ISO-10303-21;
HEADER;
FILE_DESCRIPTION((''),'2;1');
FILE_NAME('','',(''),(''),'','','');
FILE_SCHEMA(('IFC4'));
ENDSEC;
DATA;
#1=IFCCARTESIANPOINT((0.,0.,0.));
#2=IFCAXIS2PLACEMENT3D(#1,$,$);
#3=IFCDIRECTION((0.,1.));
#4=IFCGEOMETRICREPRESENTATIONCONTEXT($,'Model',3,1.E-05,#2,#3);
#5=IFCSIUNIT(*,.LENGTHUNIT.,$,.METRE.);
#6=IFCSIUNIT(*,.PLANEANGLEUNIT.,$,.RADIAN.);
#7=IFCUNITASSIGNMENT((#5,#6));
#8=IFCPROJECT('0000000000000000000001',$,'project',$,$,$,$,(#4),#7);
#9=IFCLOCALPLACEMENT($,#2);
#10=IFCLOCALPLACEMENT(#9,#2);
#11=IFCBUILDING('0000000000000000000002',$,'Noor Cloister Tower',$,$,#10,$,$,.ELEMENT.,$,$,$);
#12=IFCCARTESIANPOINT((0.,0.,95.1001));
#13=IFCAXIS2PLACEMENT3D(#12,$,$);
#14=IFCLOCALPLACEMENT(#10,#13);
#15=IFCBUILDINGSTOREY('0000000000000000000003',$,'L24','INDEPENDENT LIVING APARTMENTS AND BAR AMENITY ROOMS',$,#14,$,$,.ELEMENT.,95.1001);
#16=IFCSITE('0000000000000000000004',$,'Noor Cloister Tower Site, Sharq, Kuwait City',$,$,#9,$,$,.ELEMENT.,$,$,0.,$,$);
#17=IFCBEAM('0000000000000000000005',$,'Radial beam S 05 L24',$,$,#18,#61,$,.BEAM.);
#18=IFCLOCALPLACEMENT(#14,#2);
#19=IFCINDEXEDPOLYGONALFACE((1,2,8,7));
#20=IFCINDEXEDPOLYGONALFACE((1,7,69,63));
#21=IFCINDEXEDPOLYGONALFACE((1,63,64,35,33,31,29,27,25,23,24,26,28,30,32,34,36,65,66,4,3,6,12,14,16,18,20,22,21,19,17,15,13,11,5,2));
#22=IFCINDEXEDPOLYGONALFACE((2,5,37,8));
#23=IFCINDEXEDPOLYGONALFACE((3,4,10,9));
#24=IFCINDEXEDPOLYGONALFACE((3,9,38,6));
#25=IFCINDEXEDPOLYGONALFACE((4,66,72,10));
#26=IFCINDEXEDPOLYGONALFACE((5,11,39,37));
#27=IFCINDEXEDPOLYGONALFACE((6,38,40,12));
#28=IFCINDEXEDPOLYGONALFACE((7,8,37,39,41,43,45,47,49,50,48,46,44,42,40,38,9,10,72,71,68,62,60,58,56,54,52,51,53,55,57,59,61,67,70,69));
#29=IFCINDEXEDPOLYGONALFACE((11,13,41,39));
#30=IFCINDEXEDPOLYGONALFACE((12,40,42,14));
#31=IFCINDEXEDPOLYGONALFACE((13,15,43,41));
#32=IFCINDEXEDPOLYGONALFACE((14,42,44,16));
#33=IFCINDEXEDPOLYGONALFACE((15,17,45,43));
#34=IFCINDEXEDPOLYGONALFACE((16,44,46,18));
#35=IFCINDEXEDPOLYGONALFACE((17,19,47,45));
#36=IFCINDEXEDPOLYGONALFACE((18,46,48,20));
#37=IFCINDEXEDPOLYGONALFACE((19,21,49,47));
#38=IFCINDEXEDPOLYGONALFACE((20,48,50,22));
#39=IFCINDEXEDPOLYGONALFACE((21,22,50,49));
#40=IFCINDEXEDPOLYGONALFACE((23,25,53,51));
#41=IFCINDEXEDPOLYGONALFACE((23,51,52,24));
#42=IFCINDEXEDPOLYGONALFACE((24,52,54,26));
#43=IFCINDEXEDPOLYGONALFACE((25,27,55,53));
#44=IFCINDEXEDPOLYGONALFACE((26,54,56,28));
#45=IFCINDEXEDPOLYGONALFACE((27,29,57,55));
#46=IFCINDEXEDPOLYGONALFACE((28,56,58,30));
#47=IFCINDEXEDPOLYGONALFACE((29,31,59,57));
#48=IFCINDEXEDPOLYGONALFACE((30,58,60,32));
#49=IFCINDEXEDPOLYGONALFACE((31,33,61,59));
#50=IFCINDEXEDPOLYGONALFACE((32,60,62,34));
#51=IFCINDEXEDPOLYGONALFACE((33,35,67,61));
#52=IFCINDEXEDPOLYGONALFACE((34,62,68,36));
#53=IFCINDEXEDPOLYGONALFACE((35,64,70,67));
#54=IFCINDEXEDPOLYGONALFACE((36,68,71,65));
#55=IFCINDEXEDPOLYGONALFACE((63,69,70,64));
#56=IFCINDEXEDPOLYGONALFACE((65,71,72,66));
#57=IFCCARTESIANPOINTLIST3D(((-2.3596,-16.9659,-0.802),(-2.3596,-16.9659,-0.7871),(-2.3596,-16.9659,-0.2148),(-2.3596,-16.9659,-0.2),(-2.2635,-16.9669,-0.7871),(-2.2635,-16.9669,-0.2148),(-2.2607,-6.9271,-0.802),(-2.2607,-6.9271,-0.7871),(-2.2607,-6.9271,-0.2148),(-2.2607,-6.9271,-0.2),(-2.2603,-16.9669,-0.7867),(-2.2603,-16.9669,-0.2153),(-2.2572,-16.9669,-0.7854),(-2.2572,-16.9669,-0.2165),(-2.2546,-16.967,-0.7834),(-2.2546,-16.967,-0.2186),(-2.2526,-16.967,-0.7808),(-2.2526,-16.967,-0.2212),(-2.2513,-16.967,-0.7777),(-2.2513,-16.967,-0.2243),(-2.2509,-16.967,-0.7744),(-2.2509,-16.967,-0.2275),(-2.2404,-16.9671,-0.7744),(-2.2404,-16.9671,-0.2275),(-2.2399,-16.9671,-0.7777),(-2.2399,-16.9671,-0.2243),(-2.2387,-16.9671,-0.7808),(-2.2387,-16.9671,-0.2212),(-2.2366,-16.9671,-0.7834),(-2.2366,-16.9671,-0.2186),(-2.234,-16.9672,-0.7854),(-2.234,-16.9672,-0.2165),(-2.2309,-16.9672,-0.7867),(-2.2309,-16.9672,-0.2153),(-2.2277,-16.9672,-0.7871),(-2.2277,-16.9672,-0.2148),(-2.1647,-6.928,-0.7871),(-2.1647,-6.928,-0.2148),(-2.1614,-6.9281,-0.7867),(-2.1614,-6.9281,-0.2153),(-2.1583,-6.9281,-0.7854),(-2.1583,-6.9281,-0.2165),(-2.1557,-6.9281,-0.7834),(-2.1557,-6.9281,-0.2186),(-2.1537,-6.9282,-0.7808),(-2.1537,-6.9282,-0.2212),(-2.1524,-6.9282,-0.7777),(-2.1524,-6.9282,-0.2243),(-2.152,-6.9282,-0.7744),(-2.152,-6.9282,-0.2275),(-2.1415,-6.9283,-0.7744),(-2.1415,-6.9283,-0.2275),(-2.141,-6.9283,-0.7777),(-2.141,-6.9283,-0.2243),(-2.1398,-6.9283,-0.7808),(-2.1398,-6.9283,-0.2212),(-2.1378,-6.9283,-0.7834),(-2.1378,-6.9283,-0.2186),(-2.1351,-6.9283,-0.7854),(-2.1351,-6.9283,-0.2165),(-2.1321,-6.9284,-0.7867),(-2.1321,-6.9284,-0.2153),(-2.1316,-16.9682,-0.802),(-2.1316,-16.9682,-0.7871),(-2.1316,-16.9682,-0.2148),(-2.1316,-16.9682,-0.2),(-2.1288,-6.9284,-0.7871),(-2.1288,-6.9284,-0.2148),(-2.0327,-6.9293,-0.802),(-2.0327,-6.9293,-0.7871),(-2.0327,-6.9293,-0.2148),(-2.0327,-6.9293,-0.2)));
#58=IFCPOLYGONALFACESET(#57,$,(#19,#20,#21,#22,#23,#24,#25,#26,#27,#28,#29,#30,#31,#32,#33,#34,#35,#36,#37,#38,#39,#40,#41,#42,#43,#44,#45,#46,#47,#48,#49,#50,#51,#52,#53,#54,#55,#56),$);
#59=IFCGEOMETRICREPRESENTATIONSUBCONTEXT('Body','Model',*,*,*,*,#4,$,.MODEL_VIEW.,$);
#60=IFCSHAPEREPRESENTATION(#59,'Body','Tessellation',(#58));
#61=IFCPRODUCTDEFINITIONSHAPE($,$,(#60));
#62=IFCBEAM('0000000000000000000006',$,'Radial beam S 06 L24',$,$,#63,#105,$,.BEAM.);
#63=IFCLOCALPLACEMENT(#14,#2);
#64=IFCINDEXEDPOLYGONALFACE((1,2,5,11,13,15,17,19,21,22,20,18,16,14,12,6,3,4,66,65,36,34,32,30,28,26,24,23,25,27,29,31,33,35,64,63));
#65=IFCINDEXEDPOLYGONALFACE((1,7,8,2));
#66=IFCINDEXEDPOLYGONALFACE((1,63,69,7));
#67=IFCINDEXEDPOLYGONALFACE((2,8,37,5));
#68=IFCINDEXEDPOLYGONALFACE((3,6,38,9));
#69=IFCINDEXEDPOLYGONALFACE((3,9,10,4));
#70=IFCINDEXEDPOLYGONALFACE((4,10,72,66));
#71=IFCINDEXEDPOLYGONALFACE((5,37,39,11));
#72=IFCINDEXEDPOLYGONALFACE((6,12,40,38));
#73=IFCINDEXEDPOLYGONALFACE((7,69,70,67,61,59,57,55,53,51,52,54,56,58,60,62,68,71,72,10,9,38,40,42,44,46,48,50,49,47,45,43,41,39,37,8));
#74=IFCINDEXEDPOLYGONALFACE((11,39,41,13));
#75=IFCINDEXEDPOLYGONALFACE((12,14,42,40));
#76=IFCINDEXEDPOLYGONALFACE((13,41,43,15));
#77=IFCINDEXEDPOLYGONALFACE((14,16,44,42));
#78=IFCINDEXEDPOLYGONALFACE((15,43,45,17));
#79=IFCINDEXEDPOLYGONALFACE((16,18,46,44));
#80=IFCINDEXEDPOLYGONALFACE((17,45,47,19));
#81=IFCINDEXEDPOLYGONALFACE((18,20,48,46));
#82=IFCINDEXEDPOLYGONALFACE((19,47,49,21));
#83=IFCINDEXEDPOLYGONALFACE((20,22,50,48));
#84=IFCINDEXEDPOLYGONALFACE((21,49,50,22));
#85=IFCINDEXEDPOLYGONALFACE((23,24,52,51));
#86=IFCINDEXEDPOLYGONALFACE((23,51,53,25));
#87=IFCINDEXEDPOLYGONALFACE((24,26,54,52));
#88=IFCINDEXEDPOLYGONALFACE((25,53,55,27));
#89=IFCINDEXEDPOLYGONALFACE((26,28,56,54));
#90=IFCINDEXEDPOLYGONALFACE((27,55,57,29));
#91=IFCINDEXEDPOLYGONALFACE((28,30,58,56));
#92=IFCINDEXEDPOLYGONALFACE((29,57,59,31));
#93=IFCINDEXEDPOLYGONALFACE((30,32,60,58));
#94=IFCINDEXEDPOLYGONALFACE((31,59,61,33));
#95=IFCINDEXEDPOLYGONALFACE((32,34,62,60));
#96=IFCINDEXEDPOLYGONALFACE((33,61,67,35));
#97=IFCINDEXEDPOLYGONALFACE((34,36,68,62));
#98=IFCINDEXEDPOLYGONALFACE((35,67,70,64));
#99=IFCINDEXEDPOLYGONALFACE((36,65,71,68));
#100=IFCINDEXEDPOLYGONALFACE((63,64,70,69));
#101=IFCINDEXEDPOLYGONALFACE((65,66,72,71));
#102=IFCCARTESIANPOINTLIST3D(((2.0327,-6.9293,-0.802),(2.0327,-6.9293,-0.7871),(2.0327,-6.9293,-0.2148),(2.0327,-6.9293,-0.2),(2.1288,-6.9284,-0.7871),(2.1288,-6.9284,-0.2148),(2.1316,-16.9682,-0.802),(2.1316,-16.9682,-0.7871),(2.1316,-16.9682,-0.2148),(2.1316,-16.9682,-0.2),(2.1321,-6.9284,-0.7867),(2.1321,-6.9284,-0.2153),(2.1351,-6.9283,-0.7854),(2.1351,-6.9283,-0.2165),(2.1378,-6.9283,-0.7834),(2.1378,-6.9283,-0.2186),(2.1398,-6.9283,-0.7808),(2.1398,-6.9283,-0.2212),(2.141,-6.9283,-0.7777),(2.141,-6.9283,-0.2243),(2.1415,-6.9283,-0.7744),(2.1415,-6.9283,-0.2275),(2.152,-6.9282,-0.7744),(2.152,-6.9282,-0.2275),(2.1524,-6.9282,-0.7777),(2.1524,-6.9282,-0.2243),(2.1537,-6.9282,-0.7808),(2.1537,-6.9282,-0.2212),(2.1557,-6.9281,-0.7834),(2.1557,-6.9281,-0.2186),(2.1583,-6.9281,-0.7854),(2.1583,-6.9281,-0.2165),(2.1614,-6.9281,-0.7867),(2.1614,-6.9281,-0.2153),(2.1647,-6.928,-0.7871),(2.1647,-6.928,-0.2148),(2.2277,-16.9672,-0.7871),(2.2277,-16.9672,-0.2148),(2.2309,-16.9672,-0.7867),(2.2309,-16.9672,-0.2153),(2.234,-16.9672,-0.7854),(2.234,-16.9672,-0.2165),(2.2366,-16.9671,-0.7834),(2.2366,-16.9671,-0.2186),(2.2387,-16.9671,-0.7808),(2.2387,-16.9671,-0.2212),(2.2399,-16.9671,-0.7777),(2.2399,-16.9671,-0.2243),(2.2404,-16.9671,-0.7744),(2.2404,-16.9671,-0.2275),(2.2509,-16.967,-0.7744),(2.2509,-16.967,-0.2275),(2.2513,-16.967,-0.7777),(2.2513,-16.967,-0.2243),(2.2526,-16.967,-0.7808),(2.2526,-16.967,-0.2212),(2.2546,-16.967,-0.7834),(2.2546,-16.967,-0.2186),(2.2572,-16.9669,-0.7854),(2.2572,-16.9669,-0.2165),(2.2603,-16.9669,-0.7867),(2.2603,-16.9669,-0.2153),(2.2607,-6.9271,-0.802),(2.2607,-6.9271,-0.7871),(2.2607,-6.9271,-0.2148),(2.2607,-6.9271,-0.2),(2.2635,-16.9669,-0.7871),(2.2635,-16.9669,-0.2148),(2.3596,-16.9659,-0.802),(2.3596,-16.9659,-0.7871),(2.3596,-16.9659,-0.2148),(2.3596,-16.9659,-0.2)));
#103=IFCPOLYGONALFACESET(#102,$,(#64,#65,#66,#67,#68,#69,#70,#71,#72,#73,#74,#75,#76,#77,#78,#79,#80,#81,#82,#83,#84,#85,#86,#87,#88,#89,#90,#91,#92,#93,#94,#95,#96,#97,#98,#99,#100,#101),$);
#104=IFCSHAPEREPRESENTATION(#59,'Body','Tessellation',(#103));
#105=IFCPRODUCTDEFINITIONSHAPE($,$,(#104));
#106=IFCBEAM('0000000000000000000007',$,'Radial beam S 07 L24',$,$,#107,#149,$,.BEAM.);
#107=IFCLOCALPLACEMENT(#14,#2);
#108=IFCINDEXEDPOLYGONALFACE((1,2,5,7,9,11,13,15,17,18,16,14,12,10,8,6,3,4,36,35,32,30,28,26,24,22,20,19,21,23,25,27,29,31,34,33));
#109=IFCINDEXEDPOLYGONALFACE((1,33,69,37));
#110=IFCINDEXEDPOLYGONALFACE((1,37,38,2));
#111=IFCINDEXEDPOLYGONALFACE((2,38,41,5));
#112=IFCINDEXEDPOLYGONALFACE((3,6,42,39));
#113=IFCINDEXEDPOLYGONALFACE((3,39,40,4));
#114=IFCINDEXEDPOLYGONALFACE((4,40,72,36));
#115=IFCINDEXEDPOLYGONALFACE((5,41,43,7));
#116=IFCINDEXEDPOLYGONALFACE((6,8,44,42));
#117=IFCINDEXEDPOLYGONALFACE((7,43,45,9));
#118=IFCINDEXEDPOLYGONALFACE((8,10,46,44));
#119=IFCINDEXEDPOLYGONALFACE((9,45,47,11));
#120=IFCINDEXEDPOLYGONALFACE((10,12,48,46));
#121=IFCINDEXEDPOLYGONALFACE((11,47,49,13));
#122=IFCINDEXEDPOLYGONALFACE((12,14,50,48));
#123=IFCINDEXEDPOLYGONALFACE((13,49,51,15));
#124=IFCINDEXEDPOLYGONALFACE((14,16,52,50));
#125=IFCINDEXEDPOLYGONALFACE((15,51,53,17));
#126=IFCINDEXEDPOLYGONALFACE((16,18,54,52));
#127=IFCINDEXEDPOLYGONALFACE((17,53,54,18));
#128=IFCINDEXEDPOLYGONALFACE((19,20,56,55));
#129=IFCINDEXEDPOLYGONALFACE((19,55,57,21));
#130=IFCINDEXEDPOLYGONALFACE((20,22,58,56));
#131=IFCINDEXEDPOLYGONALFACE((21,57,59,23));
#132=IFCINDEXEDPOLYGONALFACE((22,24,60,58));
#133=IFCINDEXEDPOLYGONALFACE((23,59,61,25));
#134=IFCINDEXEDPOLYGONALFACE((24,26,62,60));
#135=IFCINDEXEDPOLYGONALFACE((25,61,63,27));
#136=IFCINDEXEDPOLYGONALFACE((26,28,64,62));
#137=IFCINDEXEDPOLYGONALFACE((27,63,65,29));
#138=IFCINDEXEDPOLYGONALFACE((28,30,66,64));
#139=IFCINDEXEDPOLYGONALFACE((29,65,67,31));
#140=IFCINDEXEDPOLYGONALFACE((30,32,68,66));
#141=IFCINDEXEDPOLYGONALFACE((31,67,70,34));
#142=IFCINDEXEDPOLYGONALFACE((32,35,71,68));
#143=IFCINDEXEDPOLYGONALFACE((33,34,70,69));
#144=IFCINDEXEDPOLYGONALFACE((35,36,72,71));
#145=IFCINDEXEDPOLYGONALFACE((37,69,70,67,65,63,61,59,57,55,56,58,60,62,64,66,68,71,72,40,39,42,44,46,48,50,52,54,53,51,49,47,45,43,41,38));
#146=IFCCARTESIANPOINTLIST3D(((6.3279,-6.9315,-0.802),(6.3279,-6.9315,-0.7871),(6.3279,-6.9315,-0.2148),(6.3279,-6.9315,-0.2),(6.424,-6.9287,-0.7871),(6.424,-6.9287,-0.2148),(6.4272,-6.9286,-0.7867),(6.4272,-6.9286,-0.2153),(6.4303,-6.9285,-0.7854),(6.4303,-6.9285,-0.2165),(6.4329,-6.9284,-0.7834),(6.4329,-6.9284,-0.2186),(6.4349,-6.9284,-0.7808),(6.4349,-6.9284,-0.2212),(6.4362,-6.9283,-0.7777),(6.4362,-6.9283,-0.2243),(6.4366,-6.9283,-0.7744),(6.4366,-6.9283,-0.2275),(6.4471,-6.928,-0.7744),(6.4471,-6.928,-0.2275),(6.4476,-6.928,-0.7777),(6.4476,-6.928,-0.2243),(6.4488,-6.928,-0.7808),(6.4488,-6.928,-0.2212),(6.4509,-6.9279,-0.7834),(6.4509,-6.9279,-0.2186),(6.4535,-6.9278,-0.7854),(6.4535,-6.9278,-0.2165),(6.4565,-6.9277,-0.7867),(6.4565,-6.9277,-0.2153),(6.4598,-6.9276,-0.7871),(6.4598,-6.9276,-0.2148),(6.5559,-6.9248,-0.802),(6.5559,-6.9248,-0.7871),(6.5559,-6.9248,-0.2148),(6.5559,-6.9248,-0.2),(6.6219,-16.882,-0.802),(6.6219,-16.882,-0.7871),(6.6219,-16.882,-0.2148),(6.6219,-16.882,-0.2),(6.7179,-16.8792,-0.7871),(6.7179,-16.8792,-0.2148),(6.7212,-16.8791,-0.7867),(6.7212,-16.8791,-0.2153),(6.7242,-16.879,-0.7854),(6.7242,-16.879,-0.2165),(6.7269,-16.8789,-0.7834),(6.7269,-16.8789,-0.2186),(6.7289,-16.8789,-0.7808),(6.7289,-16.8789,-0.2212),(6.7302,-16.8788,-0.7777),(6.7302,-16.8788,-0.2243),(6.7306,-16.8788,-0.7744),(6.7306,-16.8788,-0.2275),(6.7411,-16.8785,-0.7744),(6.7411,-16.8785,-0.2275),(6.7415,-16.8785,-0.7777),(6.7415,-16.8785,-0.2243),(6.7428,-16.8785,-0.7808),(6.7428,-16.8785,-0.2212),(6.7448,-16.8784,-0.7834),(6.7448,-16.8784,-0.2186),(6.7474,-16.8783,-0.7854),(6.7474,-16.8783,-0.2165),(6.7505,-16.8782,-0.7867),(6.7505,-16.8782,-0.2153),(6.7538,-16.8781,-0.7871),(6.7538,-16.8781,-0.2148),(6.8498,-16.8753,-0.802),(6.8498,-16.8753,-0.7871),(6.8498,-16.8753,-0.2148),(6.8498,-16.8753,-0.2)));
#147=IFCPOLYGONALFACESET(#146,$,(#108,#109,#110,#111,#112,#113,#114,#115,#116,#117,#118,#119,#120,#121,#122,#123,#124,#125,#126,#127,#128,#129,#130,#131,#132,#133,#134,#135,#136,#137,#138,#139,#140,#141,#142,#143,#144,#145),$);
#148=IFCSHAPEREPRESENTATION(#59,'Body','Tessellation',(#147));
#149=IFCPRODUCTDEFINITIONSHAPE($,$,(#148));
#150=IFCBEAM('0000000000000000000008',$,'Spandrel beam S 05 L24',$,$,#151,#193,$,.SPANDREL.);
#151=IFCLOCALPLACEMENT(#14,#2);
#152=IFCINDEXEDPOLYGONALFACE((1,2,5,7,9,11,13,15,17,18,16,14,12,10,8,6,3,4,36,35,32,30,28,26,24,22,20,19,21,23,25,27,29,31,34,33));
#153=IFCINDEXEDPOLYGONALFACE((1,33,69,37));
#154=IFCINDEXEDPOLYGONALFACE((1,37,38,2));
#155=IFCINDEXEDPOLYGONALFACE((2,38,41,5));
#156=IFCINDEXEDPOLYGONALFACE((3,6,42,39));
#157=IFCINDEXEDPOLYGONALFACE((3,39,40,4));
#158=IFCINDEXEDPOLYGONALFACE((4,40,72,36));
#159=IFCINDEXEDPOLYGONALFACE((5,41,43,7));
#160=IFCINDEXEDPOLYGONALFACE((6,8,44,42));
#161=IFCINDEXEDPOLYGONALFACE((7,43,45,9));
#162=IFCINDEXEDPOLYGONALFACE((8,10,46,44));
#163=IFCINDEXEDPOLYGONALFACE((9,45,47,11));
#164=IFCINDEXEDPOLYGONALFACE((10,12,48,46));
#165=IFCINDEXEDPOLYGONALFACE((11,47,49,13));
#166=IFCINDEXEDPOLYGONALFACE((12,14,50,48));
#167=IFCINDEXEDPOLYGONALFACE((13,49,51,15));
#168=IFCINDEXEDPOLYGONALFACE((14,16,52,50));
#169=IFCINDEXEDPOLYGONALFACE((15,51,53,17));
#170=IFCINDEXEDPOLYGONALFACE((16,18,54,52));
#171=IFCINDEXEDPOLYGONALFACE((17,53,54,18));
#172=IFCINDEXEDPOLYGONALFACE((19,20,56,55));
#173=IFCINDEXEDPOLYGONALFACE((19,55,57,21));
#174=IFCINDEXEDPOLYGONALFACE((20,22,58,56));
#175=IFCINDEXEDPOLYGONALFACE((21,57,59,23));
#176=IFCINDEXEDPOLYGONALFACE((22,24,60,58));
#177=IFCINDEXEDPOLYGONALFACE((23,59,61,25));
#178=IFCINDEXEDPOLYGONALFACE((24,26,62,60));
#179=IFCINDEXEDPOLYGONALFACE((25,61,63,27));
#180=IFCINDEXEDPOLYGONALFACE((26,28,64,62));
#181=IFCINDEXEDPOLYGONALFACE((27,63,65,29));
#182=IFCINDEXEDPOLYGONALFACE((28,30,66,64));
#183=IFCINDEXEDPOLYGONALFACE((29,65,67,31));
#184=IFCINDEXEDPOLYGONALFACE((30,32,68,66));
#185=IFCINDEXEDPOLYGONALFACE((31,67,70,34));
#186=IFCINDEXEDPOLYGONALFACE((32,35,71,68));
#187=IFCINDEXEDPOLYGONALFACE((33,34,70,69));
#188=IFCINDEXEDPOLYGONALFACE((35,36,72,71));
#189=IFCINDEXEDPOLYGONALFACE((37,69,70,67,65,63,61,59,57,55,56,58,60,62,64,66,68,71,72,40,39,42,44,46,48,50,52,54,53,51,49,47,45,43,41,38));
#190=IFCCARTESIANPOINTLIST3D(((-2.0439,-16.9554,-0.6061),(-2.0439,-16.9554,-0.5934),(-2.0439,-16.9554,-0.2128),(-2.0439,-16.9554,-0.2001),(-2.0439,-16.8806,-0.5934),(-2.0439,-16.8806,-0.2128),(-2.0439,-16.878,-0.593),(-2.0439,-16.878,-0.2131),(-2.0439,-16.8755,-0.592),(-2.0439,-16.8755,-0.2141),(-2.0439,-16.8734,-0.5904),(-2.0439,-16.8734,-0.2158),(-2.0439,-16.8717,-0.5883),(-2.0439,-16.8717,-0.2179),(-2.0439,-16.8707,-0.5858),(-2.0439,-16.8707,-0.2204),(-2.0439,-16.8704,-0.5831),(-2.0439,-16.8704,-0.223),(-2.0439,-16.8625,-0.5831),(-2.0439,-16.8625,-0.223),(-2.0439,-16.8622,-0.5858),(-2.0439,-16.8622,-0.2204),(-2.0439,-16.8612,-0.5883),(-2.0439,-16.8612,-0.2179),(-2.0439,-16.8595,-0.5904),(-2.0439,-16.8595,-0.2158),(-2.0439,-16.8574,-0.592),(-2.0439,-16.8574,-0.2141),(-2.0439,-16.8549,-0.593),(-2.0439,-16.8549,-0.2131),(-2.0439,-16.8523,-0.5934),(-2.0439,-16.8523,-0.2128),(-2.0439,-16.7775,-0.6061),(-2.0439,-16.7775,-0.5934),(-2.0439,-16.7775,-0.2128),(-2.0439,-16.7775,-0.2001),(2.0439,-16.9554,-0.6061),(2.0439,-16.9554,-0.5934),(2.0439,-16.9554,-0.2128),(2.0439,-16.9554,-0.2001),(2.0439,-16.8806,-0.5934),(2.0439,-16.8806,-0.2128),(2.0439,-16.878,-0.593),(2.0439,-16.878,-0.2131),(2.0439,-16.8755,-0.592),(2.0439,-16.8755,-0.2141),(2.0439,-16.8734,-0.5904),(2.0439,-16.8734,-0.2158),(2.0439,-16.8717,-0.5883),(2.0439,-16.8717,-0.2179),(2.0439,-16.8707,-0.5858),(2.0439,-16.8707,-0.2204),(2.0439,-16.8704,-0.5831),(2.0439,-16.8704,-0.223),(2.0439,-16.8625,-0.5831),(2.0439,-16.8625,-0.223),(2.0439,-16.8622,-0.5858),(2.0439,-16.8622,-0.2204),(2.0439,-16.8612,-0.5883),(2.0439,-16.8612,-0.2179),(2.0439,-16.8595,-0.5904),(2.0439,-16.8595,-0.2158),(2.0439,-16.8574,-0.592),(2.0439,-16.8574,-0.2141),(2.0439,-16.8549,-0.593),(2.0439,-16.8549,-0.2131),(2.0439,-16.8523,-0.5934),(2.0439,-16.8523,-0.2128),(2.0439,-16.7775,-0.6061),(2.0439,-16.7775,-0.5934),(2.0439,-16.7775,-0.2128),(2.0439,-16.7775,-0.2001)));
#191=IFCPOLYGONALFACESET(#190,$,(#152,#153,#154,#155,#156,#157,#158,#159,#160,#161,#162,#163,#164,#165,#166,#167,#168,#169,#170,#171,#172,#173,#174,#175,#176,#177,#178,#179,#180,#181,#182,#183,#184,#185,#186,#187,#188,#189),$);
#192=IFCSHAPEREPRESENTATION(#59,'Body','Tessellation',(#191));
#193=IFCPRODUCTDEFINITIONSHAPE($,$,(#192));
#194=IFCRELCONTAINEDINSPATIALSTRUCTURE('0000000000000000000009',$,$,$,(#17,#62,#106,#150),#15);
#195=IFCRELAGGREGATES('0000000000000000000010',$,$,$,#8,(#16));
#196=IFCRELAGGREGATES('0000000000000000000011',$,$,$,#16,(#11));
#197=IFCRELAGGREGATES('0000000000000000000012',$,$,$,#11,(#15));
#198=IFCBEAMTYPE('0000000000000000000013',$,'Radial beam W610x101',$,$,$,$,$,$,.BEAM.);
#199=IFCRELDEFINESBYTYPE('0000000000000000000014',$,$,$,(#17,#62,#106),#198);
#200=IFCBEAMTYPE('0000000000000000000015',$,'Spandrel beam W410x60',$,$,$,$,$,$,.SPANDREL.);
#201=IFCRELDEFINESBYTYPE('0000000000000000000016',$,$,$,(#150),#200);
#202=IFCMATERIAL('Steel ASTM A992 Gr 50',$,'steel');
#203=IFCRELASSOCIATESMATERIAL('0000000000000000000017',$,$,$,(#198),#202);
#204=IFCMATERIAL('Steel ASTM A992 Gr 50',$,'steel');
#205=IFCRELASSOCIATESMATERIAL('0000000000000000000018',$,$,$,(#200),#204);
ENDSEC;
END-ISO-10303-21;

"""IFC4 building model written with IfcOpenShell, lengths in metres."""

from ifc_helpers import new_model, si_unit, direction, frame, origin, origin_2d, place, context, subcontext, project, spatial, i_section, extrude, material, material_profile, profile_set, type_object, element, save


model = new_model("IFC4")

# Units and contexts
model_context = context("Model", 3, precision=1e-05, world=origin(), true_north=direction((0.0, 1.0)))
body_context = subcontext(model_context, "Body", "Model", "MODEL_VIEW")
ifc_project = project(units=[si_unit("LENGTHUNIT", "METRE"), si_unit("PLANEANGLEUNIT", "RADIAN")], contexts=[model_context])

# Site, building, storey
site_placement = place(None, origin())
site = spatial("IfcSite", under=ifc_project, at=site_placement, Name="Noor Cloister Tower Site, Sharq, Kuwait City", CompositionType="ELEMENT", RefElevation=0.0)
building_placement = place(site_placement, origin())
building = spatial("IfcBuilding", under=site, at=building_placement, Name="Noor Cloister Tower", CompositionType="ELEMENT")
storey_placement = place(building_placement, frame((0.0, 0.0, 95.1001)))
storey = spatial("IfcBuildingStorey", under=building, at=storey_placement, Name="L24", Description="INDEPENDENT LIVING APARTMENTS AND BAR AMENITY ROOMS", CompositionType="ELEMENT", Elevation=95.1001)

# Beams
ifc_material_1 = material(Name="Steel ASTM A992 Gr 50", Category="steel")
ifc_material_profile_1 = material_profile(ifc_material_1, i_section(OverallWidth=0.228, OverallDepth=0.6021, WebThickness=0.0105, FlangeThickness=0.0149, FilletRadius=0.0127, at=origin_2d()), Name="W610x101")
ifc_profile_set_1 = profile_set([ifc_material_profile_1], Name="Steel ASTM A992 Gr 50")
beam_type_1 = type_object("IfcBeamType", Name="Radial beam W610x101", PredefinedType="BEAM", material=ifc_profile_set_1)
for number, where, z_axis, x_axis, name in (
    (1, (-2.2456, -16.967, -0.501), (0.009849, 0.999951, 0.0), (-0.999951, 0.009849, 0.0), "Radial beam S 05 L24"),
    (2, (2.2456, -16.967, -0.501), (-0.009849, 0.999951, 0.0), (-0.999951, -0.009849, 0.0), "Radial beam S 06 L24"),
):
    element("IfcBeam", number, at=place(storey_placement, frame(where, z_axis=z_axis, x_axis=x_axis)), inside=storey, type_object=beam_type_1, Name=name, PredefinedType="BEAM", context=body_context, shape_type="SweptSolid", body=[
        extrude(i_section(OverallWidth=0.228, OverallDepth=0.6021, WebThickness=0.0105, FlangeThickness=0.0149, FilletRadius=0.0127, at=origin_2d()), origin(), (0.0, 0.0, 1.0), 10.0393),
    ])
beam_1_placement = place(storey_placement, frame((6.7358, -16.8787, -0.501), z_axis=(-0.029528, 0.999564, 0.0), x_axis=(-0.999564, -0.029528, 0.0)))
element("IfcBeam", 3, at=beam_1_placement, inside=storey, type_object=beam_type_1, Name="Radial beam S 07 L24", PredefinedType="BEAM", context=body_context, shape_type="SweptSolid", body=[
    extrude(i_section(OverallWidth=0.228, OverallDepth=0.6021, WebThickness=0.0105, FlangeThickness=0.0149, FilletRadius=0.0127, at=origin_2d()), origin(), (0.0, 0.0, 1.0), 9.9548),
])
ifc_material_2 = material(Name="Steel ASTM A992 Gr 50", Category="steel")
ifc_material_profile_2 = material_profile(ifc_material_2, i_section(OverallWidth=0.178, OverallDepth=0.406, WebThickness=0.0078, FlangeThickness=0.0127, FilletRadius=0.0103, at=origin_2d()), Name="W410x60")
ifc_profile_set_2 = profile_set([ifc_material_profile_2], Name="Steel ASTM A992 Gr 50")
beam_type_2 = type_object("IfcBeamType", Name="Spandrel beam W410x60", PredefinedType="SPANDREL", material=ifc_profile_set_2)
for number, where, z_axis, x_axis, name in (
    (4, (-2.0439, -16.8665, -0.4031), (1.0, 0.0, 0.0), (0.0, 1.0, 0.0), "Spandrel beam S 05 L24"),
):
    element("IfcBeam", number, at=place(storey_placement, frame(where, z_axis=z_axis, x_axis=x_axis)), inside=storey, type_object=beam_type_2, Name=name, PredefinedType="SPANDREL", context=body_context, shape_type="SweptSolid", body=[
        extrude(i_section(OverallWidth=0.178, OverallDepth=0.406, WebThickness=0.0078, FlangeThickness=0.0127, FilletRadius=0.0103, at=origin_2d()), origin(), (0.0, 0.0, 1.0), 4.0879),
    ])

save(model, "model.ifc")
